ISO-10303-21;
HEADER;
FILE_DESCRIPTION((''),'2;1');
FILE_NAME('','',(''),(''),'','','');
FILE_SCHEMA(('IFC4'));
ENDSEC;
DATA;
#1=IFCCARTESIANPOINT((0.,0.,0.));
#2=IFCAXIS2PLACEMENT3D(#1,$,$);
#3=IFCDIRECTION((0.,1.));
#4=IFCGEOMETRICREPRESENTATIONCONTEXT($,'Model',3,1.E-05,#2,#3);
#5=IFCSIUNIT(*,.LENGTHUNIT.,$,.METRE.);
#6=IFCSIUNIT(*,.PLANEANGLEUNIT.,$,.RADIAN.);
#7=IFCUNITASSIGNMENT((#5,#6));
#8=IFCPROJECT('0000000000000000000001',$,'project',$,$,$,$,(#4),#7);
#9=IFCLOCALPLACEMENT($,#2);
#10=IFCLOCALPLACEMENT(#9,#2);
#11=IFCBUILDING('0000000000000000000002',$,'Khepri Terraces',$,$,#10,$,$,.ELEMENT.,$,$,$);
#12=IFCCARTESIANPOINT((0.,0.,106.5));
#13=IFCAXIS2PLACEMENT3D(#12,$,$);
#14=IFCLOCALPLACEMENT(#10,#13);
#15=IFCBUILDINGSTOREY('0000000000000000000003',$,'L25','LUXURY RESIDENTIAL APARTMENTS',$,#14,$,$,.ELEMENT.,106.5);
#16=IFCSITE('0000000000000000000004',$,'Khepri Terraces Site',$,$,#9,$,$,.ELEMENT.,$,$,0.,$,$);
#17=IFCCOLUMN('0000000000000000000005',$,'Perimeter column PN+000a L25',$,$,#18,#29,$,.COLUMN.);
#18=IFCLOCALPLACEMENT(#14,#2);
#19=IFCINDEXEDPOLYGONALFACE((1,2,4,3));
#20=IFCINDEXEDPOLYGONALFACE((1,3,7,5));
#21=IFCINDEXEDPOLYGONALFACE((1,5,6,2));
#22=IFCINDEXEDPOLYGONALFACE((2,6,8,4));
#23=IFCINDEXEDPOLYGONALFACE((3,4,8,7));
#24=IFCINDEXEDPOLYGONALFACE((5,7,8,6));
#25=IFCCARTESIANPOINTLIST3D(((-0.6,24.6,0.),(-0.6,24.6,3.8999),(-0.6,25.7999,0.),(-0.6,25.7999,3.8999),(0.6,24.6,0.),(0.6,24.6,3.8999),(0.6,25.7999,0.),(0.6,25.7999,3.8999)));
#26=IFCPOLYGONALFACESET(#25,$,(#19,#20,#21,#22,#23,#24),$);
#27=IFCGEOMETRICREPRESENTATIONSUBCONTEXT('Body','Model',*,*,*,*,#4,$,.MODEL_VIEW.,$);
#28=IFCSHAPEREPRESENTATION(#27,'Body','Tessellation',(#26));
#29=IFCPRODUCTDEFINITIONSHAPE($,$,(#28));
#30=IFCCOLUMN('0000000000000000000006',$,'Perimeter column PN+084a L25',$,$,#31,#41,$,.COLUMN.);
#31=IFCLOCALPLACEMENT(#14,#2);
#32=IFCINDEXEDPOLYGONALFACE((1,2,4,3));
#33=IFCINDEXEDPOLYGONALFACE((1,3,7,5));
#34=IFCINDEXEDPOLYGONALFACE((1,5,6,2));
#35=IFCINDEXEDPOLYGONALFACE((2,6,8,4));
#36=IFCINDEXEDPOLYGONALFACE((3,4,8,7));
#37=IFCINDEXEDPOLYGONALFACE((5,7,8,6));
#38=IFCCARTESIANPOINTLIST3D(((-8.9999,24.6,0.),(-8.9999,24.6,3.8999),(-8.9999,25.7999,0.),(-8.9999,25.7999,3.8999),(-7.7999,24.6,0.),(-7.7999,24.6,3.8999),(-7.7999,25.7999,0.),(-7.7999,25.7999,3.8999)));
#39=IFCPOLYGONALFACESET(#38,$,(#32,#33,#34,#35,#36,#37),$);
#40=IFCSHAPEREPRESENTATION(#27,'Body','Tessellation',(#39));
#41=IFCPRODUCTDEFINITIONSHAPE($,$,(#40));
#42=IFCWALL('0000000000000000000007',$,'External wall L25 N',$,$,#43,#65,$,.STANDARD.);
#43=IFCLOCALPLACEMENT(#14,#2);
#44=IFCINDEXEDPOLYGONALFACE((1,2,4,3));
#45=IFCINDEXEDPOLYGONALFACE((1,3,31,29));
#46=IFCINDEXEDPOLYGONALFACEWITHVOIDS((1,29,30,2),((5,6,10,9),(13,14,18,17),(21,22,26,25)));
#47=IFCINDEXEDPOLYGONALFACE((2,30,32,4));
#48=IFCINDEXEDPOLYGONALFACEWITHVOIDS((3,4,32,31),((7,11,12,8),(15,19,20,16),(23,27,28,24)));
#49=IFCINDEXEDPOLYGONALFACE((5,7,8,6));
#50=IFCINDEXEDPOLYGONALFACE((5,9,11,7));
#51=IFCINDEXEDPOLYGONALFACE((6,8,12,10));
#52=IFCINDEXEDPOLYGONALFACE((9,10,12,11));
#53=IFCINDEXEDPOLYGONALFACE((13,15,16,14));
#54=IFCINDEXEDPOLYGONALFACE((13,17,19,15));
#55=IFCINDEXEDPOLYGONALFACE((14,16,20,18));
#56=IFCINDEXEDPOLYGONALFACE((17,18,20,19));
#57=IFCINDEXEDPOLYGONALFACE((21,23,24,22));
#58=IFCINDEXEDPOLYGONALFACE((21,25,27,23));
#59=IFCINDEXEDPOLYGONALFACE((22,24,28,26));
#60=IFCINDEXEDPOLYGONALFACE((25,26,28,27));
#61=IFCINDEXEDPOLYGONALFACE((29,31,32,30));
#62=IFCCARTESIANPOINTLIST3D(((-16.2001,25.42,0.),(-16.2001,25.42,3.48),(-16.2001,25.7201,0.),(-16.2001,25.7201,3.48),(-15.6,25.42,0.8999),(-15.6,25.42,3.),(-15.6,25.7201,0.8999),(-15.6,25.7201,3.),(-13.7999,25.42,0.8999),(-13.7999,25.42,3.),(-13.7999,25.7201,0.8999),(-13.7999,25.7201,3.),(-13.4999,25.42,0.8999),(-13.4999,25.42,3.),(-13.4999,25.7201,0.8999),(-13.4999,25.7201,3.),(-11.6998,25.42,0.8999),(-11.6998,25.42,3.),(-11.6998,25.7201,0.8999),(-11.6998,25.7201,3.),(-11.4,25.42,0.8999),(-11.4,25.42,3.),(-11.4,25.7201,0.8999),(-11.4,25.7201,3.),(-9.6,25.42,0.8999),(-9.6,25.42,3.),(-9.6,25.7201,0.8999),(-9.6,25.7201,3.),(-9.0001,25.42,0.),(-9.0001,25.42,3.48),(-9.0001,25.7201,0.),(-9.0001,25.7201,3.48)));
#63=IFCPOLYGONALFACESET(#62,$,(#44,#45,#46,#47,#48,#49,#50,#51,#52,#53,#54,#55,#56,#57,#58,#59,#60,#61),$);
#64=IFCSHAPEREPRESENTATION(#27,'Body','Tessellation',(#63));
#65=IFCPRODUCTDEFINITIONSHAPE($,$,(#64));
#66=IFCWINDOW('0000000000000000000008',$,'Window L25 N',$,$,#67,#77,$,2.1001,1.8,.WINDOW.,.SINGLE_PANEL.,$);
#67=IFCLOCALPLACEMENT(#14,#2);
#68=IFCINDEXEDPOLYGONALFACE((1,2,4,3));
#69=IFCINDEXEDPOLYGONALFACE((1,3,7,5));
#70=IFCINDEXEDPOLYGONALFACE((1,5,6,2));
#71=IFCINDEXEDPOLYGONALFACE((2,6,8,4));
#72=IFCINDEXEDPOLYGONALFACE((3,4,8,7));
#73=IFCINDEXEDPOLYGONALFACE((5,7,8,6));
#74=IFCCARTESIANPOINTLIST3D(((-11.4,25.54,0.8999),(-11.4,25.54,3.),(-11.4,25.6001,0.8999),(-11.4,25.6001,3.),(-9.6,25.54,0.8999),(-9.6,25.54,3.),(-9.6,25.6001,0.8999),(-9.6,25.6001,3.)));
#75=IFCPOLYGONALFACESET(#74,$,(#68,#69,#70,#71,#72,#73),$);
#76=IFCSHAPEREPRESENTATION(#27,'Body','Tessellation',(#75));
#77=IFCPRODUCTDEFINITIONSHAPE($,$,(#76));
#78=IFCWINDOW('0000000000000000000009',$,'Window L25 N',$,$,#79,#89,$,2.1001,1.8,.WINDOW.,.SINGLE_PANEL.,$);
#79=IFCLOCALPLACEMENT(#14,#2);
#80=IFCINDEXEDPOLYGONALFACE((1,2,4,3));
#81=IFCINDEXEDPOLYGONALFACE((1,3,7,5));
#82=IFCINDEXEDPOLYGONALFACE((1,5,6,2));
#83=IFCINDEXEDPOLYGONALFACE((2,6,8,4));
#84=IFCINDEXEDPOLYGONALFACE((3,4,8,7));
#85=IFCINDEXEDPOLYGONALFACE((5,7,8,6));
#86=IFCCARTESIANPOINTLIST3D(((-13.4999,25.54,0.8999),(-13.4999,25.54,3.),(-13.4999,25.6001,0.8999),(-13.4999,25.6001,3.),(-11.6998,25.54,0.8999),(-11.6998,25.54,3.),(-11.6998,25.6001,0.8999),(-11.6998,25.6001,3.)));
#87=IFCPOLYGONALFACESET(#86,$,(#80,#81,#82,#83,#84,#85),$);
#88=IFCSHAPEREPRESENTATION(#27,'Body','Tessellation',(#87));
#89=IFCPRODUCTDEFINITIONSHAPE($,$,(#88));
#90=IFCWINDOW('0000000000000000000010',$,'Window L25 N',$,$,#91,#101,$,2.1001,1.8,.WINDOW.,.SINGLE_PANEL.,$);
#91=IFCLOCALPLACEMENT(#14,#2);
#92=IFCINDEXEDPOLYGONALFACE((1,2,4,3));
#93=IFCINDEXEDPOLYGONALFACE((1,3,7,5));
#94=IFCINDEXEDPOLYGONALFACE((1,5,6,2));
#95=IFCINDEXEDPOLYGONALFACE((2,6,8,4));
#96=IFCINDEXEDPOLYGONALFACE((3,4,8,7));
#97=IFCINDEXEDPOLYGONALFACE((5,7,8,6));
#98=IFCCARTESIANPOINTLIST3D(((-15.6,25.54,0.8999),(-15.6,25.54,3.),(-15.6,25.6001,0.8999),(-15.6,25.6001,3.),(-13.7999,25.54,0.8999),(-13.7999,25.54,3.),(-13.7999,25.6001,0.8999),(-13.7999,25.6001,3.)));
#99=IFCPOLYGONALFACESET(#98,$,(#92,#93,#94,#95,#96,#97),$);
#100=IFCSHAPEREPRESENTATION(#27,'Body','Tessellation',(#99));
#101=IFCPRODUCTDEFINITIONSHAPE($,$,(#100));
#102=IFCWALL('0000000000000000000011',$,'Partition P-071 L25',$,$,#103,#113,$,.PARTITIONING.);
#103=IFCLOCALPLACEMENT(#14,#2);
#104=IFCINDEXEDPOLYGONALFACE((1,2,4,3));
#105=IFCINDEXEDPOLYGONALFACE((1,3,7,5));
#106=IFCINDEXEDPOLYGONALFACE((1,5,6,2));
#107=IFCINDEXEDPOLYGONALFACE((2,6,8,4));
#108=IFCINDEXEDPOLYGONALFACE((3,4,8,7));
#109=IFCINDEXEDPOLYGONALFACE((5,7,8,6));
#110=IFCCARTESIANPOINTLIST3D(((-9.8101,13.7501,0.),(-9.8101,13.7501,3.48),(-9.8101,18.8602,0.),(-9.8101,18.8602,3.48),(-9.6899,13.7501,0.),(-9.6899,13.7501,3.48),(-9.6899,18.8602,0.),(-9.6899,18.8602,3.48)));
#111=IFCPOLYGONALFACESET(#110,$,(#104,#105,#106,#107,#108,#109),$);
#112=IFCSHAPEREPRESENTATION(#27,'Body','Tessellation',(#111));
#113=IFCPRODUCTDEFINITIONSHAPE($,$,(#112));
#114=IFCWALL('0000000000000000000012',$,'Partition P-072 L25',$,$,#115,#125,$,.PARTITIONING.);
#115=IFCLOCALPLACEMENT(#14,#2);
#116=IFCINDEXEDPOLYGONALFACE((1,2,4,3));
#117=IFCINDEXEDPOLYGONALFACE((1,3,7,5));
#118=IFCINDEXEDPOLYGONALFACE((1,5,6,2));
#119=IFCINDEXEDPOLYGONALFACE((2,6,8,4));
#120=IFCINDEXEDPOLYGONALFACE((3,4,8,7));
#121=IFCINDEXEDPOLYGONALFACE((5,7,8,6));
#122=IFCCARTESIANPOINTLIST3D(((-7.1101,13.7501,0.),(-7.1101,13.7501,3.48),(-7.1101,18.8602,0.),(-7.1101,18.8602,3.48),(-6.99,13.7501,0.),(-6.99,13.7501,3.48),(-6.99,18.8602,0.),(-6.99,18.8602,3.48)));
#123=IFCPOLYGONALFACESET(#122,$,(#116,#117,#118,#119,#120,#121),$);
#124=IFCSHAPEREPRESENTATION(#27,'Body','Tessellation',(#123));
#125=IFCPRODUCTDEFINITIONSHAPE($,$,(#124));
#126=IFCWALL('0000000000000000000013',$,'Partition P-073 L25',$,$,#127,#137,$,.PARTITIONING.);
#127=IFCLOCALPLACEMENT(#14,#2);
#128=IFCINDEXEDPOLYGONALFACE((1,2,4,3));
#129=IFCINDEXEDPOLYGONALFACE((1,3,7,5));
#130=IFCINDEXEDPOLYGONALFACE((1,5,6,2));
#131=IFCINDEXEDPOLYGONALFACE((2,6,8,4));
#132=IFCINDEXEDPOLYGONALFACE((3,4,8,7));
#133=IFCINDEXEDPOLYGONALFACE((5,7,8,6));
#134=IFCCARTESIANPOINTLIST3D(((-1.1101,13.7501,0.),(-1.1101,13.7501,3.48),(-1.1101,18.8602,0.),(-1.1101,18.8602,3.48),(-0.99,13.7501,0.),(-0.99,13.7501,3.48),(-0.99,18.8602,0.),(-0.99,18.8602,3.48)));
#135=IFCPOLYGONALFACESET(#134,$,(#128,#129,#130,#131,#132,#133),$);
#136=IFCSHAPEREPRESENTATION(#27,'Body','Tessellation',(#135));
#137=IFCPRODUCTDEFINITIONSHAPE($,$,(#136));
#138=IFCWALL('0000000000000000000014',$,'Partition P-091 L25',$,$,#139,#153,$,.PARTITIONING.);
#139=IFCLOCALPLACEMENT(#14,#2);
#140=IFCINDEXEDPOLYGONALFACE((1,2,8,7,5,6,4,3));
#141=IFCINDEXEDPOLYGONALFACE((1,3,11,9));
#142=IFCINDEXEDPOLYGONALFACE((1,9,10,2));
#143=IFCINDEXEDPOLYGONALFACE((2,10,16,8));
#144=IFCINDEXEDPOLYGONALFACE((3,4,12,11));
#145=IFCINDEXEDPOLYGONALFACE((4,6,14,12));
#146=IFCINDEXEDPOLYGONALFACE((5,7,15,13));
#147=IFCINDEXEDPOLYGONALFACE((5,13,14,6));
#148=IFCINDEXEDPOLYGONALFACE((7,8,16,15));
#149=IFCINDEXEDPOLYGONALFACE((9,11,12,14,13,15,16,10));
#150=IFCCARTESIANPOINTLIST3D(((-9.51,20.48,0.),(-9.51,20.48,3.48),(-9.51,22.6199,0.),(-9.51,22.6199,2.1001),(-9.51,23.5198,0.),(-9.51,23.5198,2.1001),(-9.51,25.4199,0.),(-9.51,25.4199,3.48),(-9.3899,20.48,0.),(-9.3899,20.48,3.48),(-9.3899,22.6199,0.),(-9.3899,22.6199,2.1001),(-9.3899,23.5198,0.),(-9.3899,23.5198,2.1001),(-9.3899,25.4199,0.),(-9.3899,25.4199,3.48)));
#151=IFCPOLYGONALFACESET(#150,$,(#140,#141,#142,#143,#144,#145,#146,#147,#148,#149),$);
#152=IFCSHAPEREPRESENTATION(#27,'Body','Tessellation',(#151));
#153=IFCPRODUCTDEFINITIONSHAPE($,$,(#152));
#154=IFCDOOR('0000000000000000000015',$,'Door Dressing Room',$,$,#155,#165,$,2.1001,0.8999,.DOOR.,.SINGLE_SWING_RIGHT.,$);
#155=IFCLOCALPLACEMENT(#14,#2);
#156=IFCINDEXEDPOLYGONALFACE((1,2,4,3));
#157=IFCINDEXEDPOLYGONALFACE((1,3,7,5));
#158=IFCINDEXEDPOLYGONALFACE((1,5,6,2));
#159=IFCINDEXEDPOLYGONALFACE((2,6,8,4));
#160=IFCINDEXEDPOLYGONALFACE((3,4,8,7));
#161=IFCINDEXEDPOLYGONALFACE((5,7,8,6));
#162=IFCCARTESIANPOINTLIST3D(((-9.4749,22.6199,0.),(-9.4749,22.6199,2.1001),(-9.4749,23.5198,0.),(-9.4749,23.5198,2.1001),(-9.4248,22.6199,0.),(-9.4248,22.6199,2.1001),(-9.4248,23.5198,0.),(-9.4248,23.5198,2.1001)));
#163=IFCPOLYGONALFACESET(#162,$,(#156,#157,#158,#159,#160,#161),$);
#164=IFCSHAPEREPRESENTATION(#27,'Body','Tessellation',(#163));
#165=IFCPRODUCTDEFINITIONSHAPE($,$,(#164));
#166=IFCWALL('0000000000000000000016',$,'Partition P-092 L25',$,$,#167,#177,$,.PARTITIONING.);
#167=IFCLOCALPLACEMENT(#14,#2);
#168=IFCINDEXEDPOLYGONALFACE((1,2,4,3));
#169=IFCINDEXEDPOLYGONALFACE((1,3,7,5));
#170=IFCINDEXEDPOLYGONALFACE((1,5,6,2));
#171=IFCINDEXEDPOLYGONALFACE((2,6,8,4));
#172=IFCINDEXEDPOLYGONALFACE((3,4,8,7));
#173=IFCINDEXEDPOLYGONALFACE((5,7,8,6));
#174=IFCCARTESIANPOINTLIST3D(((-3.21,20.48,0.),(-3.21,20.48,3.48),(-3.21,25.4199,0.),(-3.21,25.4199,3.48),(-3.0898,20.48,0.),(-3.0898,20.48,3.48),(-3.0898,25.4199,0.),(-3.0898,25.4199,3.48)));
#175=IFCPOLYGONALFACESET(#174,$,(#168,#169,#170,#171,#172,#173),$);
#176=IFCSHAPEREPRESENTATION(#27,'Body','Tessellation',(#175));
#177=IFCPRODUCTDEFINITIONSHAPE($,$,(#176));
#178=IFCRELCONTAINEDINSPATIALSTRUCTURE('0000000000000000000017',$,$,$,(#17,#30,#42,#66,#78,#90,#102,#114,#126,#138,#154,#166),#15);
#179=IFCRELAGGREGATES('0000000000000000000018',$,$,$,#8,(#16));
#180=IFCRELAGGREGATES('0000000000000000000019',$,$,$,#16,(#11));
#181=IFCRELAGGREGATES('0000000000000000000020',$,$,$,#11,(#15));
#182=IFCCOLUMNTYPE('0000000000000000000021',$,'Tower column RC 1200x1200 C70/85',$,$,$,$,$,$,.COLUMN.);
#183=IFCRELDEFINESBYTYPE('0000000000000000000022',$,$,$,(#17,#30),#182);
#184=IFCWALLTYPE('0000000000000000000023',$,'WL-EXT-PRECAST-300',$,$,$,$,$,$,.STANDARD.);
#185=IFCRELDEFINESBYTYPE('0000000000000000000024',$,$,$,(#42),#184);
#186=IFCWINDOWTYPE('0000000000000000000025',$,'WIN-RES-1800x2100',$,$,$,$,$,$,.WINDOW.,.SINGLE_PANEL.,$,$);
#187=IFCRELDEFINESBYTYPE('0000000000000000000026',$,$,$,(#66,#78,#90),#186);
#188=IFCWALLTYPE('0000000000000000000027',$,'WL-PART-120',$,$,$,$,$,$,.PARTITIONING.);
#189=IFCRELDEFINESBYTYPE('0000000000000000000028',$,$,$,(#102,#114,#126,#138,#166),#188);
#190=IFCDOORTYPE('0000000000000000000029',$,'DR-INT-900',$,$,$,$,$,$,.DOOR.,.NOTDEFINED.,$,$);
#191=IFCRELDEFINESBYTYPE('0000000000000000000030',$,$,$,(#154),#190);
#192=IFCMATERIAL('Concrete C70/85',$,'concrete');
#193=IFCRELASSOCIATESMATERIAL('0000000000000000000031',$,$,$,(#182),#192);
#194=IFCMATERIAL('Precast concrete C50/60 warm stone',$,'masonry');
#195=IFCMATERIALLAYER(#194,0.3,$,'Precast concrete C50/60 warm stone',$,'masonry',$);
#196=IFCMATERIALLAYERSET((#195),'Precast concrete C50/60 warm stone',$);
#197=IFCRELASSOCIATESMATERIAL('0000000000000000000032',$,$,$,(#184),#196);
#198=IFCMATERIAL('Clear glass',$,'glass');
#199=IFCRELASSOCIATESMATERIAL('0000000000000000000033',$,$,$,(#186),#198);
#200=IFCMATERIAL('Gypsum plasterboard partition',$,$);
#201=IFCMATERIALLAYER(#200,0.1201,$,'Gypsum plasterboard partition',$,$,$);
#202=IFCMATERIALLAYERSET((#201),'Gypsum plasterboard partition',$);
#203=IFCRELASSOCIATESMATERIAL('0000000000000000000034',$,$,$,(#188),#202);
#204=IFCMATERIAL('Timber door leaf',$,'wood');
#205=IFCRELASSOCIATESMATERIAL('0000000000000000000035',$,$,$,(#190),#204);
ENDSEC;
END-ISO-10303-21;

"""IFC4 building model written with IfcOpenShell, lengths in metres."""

from ifc_helpers import new_model, si_unit, direction, frame, frame_2d, origin, origin_2d, place, context, subcontext, project, spatial, rectangle, extrude, material, layer, layer_set, material_profile, profile_set, type_object, element, fill, save


model = new_model("IFC4")

# Units and contexts
model_context = context("Model", 3, precision=1e-05, world=origin(), true_north=direction((0.0, 1.0)))
body_context = subcontext(model_context, "Body", "Model", "MODEL_VIEW")
ifc_project = project(units=[si_unit("LENGTHUNIT", "METRE"), si_unit("PLANEANGLEUNIT", "RADIAN")], contexts=[model_context])

# Site, building, storey
site_placement = place(None, origin())
site = spatial("IfcSite", under=ifc_project, at=site_placement, Name="Khepri Terraces Site", CompositionType="ELEMENT", RefElevation=0.0)
building_placement = place(site_placement, origin())
building = spatial("IfcBuilding", under=site, at=building_placement, Name="Khepri Terraces", CompositionType="ELEMENT")
storey_placement = place(building_placement, frame((0.0, 0.0, 106.5)))
storey = spatial("IfcBuildingStorey", under=building, at=storey_placement, Name="L25", Description="LUXURY RESIDENTIAL APARTMENTS", CompositionType="ELEMENT", Elevation=106.5)

# Columns
ifc_material_1 = material(Name="Concrete C70/85", Category="concrete")
ifc_material_profile = material_profile(ifc_material_1, rectangle(XDim=1.2, YDim=1.2, at=origin_2d()), Name="Concrete C70/85", Category="concrete")
ifc_profile_set = profile_set([ifc_material_profile], Name="Concrete C70/85")
column_type = type_object("IfcColumnType", Name="Tower column RC 1200x1200 C70/85", PredefinedType="COLUMN", material=ifc_profile_set)
for number, where, z_axis, x_axis, name in (
    (1, (0.0, 25.2, 0.0), (0.0, 0.0, 1.0), (1.0, 0.0, 0.0), "Perimeter column PN+000a L25"),
    (2, (-8.3999, 25.2, 0.0), (0.0, 0.0, 1.0), (1.0, 0.0, 0.0), "Perimeter column PN+084a L25"),
):
    element("IfcColumn", number, at=place(storey_placement, frame(where, z_axis=z_axis, x_axis=x_axis)), inside=storey, type_object=column_type, Name=name, PredefinedType="COLUMN", context=body_context, shape_type="SweptSolid", body=[
        extrude(rectangle(XDim=1.2, YDim=1.2, at=origin_2d()), origin(), (0.0, 0.0, 1.0), 3.8999),
    ])

# Shared definitions
ifc_material_2 = material(Name="Precast concrete C50/60 warm stone", Category="masonry")
ifc_layer_1 = layer(ifc_material_2, 0.3, Name="Precast concrete C50/60 warm stone", Category="masonry")
ifc_layer_set_1 = layer_set([ifc_layer_1], Name="Precast concrete C50/60 warm stone")
wall_type_1 = type_object("IfcWallType", Name="WL-EXT-PRECAST-300", PredefinedType="STANDARD", material=ifc_layer_set_1)
ifc_material_3 = material(Name="Clear glass", Category="glass")
window_type = type_object("IfcWindowType", Name="WIN-RES-1800x2100", PartitioningType="SINGLE_PANEL", PredefinedType="WINDOW", material=ifc_material_3)

# Wall, openings, windows
wall_1_placement = place(storey_placement, frame((-9.0, 25.5701, 0.0), z_axis=(0.0, 0.0, 1.0), x_axis=(-1.0, 0.0, 0.0)))
wall_1 = element("IfcWall", 3, at=wall_1_placement, inside=storey, type_object=wall_type_1, Name="External wall L25 N", PredefinedType="STANDARD", context=body_context, shape_type="SweptSolid", body=[
    extrude(rectangle(XDim=7.2, YDim=0.3, at=frame_2d((3.6001, 0.0))), origin(), (0.0, 0.0, 1.0), 3.48),
])
opening_1_placement = place(wall_1_placement, frame((0.6001, 0.0, 0.8999)))
opening_1 = element("IfcOpeningElement", 4, at=opening_1_placement, cuts=wall_1, PredefinedType="OPENING", context=body_context, shape_type="SweptSolid", body=[
    extrude(rectangle(XDim=1.8, YDim=2.1001, at=frame_2d((0.8999, 1.05))), frame((0.0, 0.1602, 0.0), z_axis=(0.0, -1.0, 0.0), x_axis=(1.0, 0.0, 0.0)), (0.0, 0.0, 1.0), 0.3201),
])
opening_2_placement = place(wall_1_placement, frame((2.7, 0.0, 0.8999)))
opening_2 = element("IfcOpeningElement", 5, at=opening_2_placement, cuts=wall_1, PredefinedType="OPENING", context=body_context, shape_type="SweptSolid", body=[
    extrude(rectangle(XDim=1.8, YDim=2.1001, at=frame_2d((0.8999, 1.05))), frame((0.0, 0.1602, 0.0), z_axis=(0.0, -1.0, 0.0), x_axis=(1.0, 0.0, 0.0)), (0.0, 0.0, 1.0), 0.3201),
])
opening_3_placement = place(wall_1_placement, frame((4.8, 0.0, 0.8999)))
opening_3 = element("IfcOpeningElement", 6, at=opening_3_placement, cuts=wall_1, PredefinedType="OPENING", context=body_context, shape_type="SweptSolid", body=[
    extrude(rectangle(XDim=1.8, YDim=2.1001, at=frame_2d((0.8999, 1.05))), frame((0.0, 0.1602, 0.0), z_axis=(0.0, -1.0, 0.0), x_axis=(1.0, 0.0, 0.0)), (0.0, 0.0, 1.0), 0.3201),
])
window_1_placement = place(opening_1_placement, origin())
window_1 = element("IfcWindow", 7, at=window_1_placement, inside=storey, type_object=window_type, Name="Window L25 N", OverallHeight=2.1001, OverallWidth=1.8, PartitioningType="SINGLE_PANEL", PredefinedType="WINDOW", context=body_context, shape_type="SweptSolid", body=[
    extrude(rectangle(XDim=1.8, YDim=2.1001, at=frame_2d((0.8999, 1.05))), frame((0.0, 0.03, 0.0), z_axis=(0.0, -1.0, 0.0), x_axis=(1.0, 0.0, 0.0)), (0.0, 0.0, 1.0), 0.0601),
])
fill(opening_1, window_1)
window_2_placement = place(opening_2_placement, origin())
window_2 = element("IfcWindow", 8, at=window_2_placement, inside=storey, type_object=window_type, Name="Window L25 N", OverallHeight=2.1001, OverallWidth=1.8, PartitioningType="SINGLE_PANEL", PredefinedType="WINDOW", context=body_context, shape_type="SweptSolid", body=[
    extrude(rectangle(XDim=1.8, YDim=2.1001, at=frame_2d((0.8999, 1.05))), frame((0.0, 0.03, 0.0), z_axis=(0.0, -1.0, 0.0), x_axis=(1.0, 0.0, 0.0)), (0.0, 0.0, 1.0), 0.0601),
])
fill(opening_2, window_2)
window_3_placement = place(opening_3_placement, origin())
window_3 = element("IfcWindow", 9, at=window_3_placement, inside=storey, type_object=window_type, Name="Window L25 N", OverallHeight=2.1001, OverallWidth=1.8, PartitioningType="SINGLE_PANEL", PredefinedType="WINDOW", context=body_context, shape_type="SweptSolid", body=[
    extrude(rectangle(XDim=1.8, YDim=2.1001, at=frame_2d((0.8999, 1.05))), frame((0.0, 0.03, 0.0), z_axis=(0.0, -1.0, 0.0), x_axis=(1.0, 0.0, 0.0)), (0.0, 0.0, 1.0), 0.0601),
])
fill(opening_3, window_3)

# Walls
ifc_material_4 = material(Name="Gypsum plasterboard partition")
ifc_layer_2 = layer(ifc_material_4, 0.1201, Name="Gypsum plasterboard partition")
ifc_layer_set_2 = layer_set([ifc_layer_2], Name="Gypsum plasterboard partition")
wall_type_2 = type_object("IfcWallType", Name="WL-PART-120", PredefinedType="PARTITIONING", material=ifc_layer_set_2)
for number, where, z_axis, x_axis, name in (
    (10, (-9.75, 13.75, 0.0), (0.0, 0.0, 1.0), (0.0, 1.0, 0.0), "Partition P-071 L25"),
    (11, (-7.05, 13.75, 0.0), (0.0, 0.0, 1.0), (0.0, 1.0, 0.0), "Partition P-072 L25"),
    (12, (-1.05, 13.75, 0.0), (0.0, 0.0, 1.0), (0.0, 1.0, 0.0), "Partition P-073 L25"),
):
    element("IfcWall", number, at=place(storey_placement, frame(where, z_axis=z_axis, x_axis=x_axis)), inside=storey, type_object=wall_type_2, Name=name, PredefinedType="PARTITIONING", context=body_context, shape_type="SweptSolid", body=[
        extrude(rectangle(XDim=5.1101, YDim=0.1201, at=frame_2d((2.5552, 0.0))), origin(), (0.0, 0.0, 1.0), 3.48),
    ])

# Wall, opening, door
wall_2_placement = place(storey_placement, frame((-9.45, 20.48, 0.0), z_axis=(0.0, 0.0, 1.0), x_axis=(0.0, 1.0, 0.0)))
wall_2 = element("IfcWall", 13, at=wall_2_placement, inside=storey, type_object=wall_type_2, Name="Partition P-091 L25", PredefinedType="PARTITIONING", context=body_context, shape_type="SweptSolid", body=[
    extrude(rectangle(XDim=4.9399, YDim=0.1201, at=frame_2d((2.47, 0.0))), origin(), (0.0, 0.0, 1.0), 3.48),
])
opening_4_placement = place(wall_2_placement, frame((2.1399, 0.0, 0.0)))
opening_4 = element("IfcOpeningElement", 14, at=opening_4_placement, cuts=wall_2, PredefinedType="OPENING", context=body_context, shape_type="SweptSolid", body=[
    extrude(rectangle(XDim=0.8999, YDim=2.1001, at=frame_2d((0.45, 1.05))), frame((0.0, 0.0701, 0.0), z_axis=(0.0, -1.0, 0.0), x_axis=(1.0, 0.0, 0.0)), (0.0, 0.0, 1.0), 0.1401),
])
ifc_material_5 = material(Name="Timber door leaf", Category="wood")
door_type_1 = type_object("IfcDoorType", Name="DR-INT-900", OperationType="NOTDEFINED", PredefinedType="DOOR", material=ifc_material_5)
door_1_placement = place(opening_4_placement, origin())
door_1 = element("IfcDoor", 15, at=door_1_placement, inside=storey, type_object=door_type_1, Name="Door Dressing Room", OperationType="SINGLE_SWING_RIGHT", OverallHeight=2.1001, OverallWidth=0.8999, PredefinedType="DOOR", context=body_context, shape_type="SweptSolid", body=[
    extrude(rectangle(XDim=0.8999, YDim=2.1001, at=frame_2d((0.45, 1.05))), frame((0.0, 0.0249, 0.0), z_axis=(0.0, -1.0, 0.0), x_axis=(1.0, 0.0, 0.0)), (0.0, 0.0, 1.0), 0.05),
])
fill(opening_4, door_1)

# Wall
wall_3_placement = place(storey_placement, frame((-3.1499, 20.48, 0.0), z_axis=(0.0, 0.0, 1.0), x_axis=(0.0, 1.0, 0.0)))
element("IfcWall", 16, at=wall_3_placement, inside=storey, type_object=wall_type_2, Name="Partition P-092 L25", PredefinedType="PARTITIONING", context=body_context, shape_type="SweptSolid", body=[
    extrude(rectangle(XDim=4.9399, YDim=0.1201, at=frame_2d((2.47, 0.0))), origin(), (0.0, 0.0, 1.0), 3.48),
])

save(model, "model.ifc")
